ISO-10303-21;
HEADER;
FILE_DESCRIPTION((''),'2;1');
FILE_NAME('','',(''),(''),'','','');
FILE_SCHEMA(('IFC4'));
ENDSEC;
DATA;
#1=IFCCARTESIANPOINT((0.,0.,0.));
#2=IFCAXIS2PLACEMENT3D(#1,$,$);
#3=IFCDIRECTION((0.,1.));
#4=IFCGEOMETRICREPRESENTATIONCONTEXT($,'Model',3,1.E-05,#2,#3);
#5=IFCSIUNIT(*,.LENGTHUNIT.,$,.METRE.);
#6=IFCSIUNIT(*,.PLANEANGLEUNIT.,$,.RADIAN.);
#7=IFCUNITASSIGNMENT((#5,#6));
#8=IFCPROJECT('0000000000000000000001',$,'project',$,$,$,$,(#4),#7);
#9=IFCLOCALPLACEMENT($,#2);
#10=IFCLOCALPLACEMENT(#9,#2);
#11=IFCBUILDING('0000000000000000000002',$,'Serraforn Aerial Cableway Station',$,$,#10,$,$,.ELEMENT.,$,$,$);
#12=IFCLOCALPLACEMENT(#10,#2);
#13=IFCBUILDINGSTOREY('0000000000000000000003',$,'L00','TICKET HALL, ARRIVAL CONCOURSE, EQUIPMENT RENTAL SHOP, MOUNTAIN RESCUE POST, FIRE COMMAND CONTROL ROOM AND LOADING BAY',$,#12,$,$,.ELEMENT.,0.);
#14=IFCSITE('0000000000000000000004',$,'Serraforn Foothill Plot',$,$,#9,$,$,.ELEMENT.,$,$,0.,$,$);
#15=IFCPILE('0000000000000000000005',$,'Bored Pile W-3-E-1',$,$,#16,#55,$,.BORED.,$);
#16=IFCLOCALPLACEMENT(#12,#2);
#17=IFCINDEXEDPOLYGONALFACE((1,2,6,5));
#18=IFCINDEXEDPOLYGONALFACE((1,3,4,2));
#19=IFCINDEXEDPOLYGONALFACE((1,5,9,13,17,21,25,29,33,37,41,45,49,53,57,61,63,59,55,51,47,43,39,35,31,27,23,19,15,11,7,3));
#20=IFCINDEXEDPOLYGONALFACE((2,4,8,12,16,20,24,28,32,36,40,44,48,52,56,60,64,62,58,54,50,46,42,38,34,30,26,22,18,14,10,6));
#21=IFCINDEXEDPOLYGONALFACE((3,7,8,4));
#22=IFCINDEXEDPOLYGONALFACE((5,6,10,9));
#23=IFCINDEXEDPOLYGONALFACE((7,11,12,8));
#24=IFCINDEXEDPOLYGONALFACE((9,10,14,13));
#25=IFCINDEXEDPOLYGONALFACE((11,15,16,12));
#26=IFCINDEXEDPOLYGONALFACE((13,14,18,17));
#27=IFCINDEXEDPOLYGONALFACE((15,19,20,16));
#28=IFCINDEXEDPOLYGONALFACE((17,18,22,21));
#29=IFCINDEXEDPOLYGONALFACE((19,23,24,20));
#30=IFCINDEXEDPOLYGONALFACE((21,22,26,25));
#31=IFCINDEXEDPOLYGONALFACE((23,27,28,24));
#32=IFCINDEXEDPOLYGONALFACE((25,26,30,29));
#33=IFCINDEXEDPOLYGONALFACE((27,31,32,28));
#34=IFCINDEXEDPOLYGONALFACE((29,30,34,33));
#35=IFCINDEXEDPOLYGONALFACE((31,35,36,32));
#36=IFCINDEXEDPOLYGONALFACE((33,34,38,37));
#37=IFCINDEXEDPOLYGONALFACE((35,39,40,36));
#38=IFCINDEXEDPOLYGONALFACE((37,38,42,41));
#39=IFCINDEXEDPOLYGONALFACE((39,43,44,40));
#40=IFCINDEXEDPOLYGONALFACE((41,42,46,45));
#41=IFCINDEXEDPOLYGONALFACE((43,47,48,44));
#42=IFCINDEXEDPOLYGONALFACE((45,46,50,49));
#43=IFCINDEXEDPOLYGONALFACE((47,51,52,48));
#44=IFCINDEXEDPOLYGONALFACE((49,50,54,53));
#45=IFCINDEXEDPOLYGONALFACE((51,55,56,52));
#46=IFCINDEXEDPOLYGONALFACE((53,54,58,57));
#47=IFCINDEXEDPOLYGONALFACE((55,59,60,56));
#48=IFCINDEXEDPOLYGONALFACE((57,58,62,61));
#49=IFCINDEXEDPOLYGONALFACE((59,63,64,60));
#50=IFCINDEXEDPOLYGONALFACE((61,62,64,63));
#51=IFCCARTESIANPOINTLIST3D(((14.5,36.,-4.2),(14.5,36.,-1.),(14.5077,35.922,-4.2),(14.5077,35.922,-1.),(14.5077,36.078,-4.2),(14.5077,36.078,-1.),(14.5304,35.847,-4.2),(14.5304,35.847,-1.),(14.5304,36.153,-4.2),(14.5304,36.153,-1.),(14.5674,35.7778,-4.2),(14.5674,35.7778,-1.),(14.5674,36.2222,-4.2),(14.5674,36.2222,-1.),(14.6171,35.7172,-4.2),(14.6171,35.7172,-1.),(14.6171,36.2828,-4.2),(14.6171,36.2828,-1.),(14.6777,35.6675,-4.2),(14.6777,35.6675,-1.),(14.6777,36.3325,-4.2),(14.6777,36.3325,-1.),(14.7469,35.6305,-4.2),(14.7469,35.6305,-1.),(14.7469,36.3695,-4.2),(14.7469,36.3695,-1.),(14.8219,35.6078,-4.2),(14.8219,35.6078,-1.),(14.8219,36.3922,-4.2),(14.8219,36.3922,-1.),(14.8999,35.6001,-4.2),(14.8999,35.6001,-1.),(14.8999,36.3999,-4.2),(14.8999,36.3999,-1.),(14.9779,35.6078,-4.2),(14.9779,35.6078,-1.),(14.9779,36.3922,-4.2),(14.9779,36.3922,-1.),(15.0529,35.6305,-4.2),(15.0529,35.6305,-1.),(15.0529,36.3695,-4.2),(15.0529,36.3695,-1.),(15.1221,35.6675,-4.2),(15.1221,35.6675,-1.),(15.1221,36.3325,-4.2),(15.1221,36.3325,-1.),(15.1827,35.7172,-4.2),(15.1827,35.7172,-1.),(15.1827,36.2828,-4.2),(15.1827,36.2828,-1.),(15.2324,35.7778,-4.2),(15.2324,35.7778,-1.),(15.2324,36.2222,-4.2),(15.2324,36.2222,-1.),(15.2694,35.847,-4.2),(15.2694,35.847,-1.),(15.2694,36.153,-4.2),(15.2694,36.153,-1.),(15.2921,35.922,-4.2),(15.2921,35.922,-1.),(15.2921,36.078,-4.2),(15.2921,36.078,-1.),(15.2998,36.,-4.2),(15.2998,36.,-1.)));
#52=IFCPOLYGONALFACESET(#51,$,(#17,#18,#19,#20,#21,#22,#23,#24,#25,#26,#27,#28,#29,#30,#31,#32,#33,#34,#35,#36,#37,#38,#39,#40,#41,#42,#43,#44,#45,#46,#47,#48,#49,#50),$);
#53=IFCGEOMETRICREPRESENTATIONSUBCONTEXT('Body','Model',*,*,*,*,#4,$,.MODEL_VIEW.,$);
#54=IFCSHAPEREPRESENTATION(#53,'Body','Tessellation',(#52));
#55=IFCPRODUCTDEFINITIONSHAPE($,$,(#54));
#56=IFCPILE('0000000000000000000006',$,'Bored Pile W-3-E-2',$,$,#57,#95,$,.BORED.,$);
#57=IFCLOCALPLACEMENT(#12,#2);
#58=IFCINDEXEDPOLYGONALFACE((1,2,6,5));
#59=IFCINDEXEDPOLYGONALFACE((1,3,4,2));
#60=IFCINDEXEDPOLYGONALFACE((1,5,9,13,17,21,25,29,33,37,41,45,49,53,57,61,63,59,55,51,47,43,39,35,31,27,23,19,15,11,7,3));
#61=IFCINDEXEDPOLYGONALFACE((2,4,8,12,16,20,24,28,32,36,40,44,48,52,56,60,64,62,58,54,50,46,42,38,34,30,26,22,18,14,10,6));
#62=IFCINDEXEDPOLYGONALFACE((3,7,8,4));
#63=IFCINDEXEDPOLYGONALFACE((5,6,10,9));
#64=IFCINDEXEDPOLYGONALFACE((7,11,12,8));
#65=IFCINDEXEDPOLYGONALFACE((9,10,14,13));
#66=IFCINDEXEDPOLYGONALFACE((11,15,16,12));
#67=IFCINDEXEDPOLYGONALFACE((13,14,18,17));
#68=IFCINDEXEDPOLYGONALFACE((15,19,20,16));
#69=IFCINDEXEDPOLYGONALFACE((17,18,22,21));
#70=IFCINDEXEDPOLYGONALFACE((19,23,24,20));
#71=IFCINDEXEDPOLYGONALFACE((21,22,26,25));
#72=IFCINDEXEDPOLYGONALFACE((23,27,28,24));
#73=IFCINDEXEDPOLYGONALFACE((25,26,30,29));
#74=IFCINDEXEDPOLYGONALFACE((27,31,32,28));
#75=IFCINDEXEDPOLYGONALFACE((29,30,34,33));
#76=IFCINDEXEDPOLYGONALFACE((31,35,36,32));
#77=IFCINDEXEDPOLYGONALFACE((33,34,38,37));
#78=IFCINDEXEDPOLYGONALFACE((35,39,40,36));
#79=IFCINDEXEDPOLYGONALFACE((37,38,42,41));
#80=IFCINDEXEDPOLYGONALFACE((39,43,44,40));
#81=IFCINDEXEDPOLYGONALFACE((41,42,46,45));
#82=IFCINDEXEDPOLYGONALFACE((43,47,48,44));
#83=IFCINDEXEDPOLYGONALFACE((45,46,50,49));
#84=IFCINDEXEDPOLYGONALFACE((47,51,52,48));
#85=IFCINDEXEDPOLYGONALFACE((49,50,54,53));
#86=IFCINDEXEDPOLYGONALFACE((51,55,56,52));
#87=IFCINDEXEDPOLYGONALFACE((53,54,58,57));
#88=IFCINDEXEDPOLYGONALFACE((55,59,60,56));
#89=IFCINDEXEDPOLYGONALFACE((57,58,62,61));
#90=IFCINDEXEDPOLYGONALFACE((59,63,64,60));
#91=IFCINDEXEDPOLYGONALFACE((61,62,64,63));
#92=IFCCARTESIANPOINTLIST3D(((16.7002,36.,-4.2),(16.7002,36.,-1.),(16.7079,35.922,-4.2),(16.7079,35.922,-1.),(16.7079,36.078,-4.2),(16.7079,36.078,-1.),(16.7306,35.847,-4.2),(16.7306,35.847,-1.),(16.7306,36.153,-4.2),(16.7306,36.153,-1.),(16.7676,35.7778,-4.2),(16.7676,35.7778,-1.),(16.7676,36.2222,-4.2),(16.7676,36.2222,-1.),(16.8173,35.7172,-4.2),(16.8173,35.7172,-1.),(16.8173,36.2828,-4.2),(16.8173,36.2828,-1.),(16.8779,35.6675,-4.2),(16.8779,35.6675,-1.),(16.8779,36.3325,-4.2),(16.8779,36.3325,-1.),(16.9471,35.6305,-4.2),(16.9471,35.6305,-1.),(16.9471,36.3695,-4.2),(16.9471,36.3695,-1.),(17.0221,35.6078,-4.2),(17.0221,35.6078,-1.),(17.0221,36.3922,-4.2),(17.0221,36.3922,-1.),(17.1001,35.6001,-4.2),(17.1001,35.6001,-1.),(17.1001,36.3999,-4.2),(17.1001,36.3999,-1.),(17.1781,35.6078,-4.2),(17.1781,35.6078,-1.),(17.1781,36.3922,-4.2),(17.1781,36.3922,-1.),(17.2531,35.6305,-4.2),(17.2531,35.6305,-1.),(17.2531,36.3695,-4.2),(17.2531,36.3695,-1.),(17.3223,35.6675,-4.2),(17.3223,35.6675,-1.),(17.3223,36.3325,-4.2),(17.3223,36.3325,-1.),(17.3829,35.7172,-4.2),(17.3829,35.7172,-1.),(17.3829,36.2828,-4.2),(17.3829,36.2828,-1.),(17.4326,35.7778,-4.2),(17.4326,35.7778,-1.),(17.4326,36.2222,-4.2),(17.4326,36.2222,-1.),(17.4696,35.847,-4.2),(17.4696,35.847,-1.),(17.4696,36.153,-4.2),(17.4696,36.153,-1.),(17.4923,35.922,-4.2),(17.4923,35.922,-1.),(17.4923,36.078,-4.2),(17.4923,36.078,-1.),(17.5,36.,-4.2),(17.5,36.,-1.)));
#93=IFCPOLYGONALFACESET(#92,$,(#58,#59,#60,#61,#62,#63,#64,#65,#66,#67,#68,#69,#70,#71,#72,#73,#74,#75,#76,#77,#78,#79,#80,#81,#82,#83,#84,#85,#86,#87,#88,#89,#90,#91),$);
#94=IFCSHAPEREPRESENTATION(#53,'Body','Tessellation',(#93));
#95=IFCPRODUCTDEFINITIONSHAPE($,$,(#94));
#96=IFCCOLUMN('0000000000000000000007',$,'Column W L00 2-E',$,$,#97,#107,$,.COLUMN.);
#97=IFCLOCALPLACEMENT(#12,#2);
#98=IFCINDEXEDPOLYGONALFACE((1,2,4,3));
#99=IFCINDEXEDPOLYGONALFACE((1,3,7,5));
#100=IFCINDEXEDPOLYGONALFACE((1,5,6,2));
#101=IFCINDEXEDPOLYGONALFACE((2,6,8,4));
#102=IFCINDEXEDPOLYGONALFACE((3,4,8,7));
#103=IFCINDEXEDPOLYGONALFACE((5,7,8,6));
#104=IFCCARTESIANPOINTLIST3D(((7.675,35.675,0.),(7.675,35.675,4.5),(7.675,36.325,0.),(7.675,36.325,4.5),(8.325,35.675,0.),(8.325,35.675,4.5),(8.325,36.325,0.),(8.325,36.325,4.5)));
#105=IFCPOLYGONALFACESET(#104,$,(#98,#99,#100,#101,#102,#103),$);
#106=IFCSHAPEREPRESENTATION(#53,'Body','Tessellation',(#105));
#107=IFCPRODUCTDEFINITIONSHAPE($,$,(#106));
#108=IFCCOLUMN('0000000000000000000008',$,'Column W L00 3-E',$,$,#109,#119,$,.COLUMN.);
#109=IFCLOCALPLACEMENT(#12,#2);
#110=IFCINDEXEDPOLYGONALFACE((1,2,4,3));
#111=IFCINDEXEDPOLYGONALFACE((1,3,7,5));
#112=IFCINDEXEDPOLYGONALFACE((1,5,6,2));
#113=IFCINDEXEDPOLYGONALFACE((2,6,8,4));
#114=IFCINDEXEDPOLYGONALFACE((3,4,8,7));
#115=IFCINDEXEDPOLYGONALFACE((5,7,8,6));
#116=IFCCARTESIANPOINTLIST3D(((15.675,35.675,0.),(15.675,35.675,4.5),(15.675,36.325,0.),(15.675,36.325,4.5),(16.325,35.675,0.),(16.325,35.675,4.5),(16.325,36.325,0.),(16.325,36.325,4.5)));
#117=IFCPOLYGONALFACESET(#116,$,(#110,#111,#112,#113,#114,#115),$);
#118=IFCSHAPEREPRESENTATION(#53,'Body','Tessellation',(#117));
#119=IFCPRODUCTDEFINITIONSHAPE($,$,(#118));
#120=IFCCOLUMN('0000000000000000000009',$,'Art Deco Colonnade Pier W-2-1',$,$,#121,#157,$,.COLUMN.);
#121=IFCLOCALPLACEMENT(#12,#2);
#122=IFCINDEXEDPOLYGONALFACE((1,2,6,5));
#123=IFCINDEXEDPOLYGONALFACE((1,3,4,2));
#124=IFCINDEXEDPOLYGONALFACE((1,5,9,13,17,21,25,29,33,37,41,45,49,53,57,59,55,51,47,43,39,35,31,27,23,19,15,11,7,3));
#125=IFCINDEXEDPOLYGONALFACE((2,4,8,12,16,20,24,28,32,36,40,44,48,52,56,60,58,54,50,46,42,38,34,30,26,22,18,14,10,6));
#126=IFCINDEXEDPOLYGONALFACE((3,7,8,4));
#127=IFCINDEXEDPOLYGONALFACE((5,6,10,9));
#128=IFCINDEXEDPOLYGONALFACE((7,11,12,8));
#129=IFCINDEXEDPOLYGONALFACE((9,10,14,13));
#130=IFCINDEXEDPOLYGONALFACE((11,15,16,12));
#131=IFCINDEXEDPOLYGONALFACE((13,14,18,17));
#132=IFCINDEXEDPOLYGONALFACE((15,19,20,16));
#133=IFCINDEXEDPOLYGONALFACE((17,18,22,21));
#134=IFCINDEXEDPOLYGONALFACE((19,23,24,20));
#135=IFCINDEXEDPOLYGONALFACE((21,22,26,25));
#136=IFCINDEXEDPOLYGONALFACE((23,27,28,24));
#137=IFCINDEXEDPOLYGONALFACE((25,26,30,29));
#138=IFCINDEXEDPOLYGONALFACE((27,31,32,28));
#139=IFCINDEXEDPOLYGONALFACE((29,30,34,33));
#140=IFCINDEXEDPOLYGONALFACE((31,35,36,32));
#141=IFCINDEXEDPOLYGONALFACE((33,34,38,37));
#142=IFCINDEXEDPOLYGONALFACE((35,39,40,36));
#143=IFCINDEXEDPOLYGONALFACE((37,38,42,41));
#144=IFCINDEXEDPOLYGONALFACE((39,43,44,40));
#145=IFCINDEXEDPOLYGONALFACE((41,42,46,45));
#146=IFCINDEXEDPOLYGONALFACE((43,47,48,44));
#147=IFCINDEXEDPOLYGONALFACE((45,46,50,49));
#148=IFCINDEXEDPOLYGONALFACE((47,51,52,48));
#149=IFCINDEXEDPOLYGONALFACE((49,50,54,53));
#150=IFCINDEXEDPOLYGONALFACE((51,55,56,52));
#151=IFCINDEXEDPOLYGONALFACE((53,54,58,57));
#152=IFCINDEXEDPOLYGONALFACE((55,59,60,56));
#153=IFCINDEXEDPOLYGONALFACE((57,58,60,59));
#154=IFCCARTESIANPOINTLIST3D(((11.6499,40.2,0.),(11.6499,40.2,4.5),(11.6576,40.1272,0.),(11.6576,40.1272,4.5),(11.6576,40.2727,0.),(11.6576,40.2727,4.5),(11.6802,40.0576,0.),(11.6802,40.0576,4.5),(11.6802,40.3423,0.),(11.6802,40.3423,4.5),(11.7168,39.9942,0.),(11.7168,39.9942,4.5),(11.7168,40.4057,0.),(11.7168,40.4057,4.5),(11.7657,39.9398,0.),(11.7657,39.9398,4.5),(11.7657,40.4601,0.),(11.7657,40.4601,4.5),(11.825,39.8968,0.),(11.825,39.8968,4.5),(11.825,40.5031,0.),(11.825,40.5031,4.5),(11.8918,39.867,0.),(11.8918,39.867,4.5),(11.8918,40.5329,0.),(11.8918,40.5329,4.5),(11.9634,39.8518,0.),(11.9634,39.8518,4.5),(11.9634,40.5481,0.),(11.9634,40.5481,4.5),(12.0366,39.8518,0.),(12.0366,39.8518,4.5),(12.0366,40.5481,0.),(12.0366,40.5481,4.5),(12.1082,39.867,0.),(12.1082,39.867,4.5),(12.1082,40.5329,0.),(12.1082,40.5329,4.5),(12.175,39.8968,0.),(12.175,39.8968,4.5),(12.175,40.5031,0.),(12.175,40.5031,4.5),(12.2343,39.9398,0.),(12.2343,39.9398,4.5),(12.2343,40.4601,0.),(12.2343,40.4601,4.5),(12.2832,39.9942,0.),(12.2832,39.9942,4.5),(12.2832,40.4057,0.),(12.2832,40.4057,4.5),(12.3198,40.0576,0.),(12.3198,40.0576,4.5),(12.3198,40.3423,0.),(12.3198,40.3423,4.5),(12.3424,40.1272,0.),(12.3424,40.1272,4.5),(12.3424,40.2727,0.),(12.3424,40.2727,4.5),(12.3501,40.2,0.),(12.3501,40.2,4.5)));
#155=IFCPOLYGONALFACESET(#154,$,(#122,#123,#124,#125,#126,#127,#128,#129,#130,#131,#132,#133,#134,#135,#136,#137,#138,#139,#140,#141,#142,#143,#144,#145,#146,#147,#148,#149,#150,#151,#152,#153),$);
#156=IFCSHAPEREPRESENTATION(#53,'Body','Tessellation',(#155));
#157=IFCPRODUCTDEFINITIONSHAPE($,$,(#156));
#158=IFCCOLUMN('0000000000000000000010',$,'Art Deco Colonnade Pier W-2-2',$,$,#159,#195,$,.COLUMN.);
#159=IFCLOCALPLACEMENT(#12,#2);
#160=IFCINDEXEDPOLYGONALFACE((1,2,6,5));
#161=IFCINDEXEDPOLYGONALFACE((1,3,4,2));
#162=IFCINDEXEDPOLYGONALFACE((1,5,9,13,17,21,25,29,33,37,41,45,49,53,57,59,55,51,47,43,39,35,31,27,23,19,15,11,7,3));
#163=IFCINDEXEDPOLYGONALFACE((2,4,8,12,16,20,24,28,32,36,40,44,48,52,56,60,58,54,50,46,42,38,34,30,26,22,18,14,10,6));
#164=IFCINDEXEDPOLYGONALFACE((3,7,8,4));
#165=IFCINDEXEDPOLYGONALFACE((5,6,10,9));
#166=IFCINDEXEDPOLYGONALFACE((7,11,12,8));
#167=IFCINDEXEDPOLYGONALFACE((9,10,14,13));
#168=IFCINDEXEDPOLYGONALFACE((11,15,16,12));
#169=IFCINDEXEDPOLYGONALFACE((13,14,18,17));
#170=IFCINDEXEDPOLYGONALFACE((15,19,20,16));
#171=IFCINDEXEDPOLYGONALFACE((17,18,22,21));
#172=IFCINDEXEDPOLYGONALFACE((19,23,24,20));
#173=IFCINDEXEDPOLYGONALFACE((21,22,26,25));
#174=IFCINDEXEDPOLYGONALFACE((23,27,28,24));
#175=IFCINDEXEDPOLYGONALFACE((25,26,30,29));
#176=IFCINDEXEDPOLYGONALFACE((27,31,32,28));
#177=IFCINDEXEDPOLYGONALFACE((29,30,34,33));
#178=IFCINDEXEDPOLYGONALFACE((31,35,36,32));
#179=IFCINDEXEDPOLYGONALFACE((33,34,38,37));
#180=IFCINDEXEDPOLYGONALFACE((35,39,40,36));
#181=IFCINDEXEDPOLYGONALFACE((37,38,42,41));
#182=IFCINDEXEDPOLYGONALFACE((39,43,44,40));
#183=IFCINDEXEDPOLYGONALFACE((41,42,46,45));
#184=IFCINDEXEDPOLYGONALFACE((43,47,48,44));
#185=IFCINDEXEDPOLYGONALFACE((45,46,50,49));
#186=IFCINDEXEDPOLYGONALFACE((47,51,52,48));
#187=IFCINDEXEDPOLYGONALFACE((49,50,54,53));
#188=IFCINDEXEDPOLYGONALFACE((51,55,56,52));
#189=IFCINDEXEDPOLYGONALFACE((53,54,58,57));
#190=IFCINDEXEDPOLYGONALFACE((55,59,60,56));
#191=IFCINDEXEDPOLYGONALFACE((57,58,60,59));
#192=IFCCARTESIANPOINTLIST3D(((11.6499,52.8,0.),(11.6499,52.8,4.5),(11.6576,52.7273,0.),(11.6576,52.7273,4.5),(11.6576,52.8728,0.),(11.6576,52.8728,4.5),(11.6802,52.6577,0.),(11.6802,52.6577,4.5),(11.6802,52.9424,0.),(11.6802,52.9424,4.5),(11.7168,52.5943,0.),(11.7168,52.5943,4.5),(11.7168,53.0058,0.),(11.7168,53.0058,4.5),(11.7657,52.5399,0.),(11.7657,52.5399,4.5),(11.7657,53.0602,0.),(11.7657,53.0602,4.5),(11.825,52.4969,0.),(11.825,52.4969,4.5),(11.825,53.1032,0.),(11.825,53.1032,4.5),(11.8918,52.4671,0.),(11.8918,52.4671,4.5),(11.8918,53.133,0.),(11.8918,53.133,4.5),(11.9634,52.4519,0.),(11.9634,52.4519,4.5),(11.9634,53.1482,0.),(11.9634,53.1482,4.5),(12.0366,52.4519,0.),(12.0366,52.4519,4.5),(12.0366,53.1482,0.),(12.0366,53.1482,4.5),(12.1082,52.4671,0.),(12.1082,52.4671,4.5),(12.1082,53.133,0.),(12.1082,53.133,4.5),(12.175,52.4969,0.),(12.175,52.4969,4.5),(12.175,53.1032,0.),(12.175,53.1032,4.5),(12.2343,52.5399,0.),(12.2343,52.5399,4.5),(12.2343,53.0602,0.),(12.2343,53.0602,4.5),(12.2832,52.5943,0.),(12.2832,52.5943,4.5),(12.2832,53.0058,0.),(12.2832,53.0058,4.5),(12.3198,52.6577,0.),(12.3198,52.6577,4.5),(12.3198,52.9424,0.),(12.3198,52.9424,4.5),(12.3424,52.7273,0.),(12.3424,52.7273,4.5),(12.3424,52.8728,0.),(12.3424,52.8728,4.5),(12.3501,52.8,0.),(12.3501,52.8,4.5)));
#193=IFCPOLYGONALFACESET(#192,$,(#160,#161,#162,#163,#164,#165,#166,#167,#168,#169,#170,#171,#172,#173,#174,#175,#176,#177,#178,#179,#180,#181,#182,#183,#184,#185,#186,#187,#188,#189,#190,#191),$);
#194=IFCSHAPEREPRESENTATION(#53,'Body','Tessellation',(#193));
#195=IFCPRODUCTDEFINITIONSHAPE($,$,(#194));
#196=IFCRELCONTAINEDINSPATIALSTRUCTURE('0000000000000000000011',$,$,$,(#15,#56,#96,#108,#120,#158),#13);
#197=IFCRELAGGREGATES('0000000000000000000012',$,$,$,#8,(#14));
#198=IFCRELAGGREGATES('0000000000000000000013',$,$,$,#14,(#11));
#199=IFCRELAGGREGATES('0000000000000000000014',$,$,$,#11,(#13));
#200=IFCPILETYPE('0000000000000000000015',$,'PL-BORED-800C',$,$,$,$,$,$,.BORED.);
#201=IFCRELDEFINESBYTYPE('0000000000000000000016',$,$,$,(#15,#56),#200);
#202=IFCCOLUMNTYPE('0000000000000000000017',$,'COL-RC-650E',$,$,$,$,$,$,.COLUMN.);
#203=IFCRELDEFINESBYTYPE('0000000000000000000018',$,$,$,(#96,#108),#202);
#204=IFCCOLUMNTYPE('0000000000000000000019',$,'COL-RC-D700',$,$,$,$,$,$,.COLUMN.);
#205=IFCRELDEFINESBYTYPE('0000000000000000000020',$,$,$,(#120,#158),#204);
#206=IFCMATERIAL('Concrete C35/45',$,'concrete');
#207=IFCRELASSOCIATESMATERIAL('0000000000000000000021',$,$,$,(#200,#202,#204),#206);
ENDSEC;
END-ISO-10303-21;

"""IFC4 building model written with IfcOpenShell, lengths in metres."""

from ifc_helpers import new_model, si_unit, direction, frame, origin, origin_2d, place, context, subcontext, project, spatial, rectangle, circle, extrude, material, material_profile, profile_set, type_object, element, save


model = new_model("IFC4")

# Units and contexts
model_context = context("Model", 3, precision=1e-05, world=origin(), true_north=direction((0.0, 1.0)))
body_context = subcontext(model_context, "Body", "Model", "MODEL_VIEW")
ifc_project = project(units=[si_unit("LENGTHUNIT", "METRE"), si_unit("PLANEANGLEUNIT", "RADIAN")], contexts=[model_context])

# Site, building, storey
site_placement = place(None, origin())
site = spatial("IfcSite", under=ifc_project, at=site_placement, Name="Serraforn Foothill Plot", CompositionType="ELEMENT", RefElevation=0.0)
building_placement = place(site_placement, origin())
building = spatial("IfcBuilding", under=site, at=building_placement, Name="Serraforn Aerial Cableway Station", CompositionType="ELEMENT")
storey_placement = place(building_placement, origin())
storey = spatial("IfcBuildingStorey", under=building, at=storey_placement, Name="L00", Description="TICKET HALL, ARRIVAL CONCOURSE, EQUIPMENT RENTAL SHOP, MOUNTAIN RESCUE POST, FIRE COMMAND CONTROL ROOM AND LOADING BAY", CompositionType="ELEMENT", Elevation=0.0)

# Shared definitions
ifc_material_1 = material(Name="Concrete C35/45", Category="concrete")

# Piles
ifc_material_profile_1 = material_profile(ifc_material_1, circle(Radius=0.3999, at=origin_2d()), Name="BORED PILE D800")
ifc_profile_set_1 = profile_set([ifc_material_profile_1], Name="Concrete C35/45")
pile_type_1 = type_object("IfcPileType", Name="PL-BORED-800C", PredefinedType="BORED", material=ifc_profile_set_1)
for number, where, z_axis, x_axis, name in (
    (1, (14.8999, 36.0, -1.0), (0.0, 0.0, -1.0), (1.0, 0.0, 0.0), "Bored Pile W-3-E-1"),
    (2, (17.1001, 36.0, -1.0), (0.0, 0.0, -1.0), (1.0, 0.0, 0.0), "Bored Pile W-3-E-2"),
):
    element("IfcPile", number, at=place(storey_placement, frame(where, z_axis=z_axis, x_axis=x_axis)), inside=storey, type_object=pile_type_1, Name=name, PredefinedType="BORED", context=body_context, shape_type="SweptSolid", body=[
        extrude(circle(Radius=0.3999, at=origin_2d()), origin(), (0.0, 0.0, 1.0), 3.2),
    ])

# Columns
ifc_material_profile_2 = material_profile(ifc_material_1, rectangle(XDim=0.6499, YDim=0.6499, at=origin_2d()), Name="RC 650x650")
ifc_profile_set_2 = profile_set([ifc_material_profile_2], Name="Concrete C35/45")
column_type_1 = type_object("IfcColumnType", Name="COL-RC-650E", PredefinedType="COLUMN", material=ifc_profile_set_2)
for number, where, z_axis, x_axis, name in (
    (3, (8.0, 36.0, 0.0), (0.0, 0.0, 1.0), (1.0, 0.0, 0.0), "Column W L00 2-E"),
    (4, (16.0, 36.0, 0.0), (0.0, 0.0, 1.0), (1.0, 0.0, 0.0), "Column W L00 3-E"),
):
    element("IfcColumn", number, at=place(storey_placement, frame(where, z_axis=z_axis, x_axis=x_axis)), inside=storey, type_object=column_type_1, Name=name, PredefinedType="COLUMN", context=body_context, shape_type="SweptSolid", body=[
        extrude(rectangle(XDim=0.6499, YDim=0.6499, at=origin_2d()), origin(), (0.0, 0.0, 1.0), 4.5),
    ])
ifc_material_profile_3 = material_profile(ifc_material_1, circle(Radius=0.3501, at=origin_2d()), Name="RC D700")
ifc_profile_set_3 = profile_set([ifc_material_profile_3], Name="Concrete C35/45")
column_type_2 = type_object("IfcColumnType", Name="COL-RC-D700", PredefinedType="COLUMN", material=ifc_profile_set_3)
for number, where, z_axis, x_axis, name in (
    (5, (12.0, 40.2, 0.0), (0.0, 0.0, 1.0), (1.0, 0.0, 0.0), "Art Deco Colonnade Pier W-2-1"),
    (6, (12.0, 52.8, 0.0), (0.0, 0.0, 1.0), (1.0, 0.0, 0.0), "Art Deco Colonnade Pier W-2-2"),
):
    element("IfcColumn", number, at=place(storey_placement, frame(where, z_axis=z_axis, x_axis=x_axis)), inside=storey, type_object=column_type_2, Name=name, PredefinedType="COLUMN", context=body_context, shape_type="SweptSolid", body=[
        extrude(circle(Radius=0.3501, at=origin_2d()), origin(), (0.0, 0.0, 1.0), 4.5),
    ])

save(model, "model.ifc")
